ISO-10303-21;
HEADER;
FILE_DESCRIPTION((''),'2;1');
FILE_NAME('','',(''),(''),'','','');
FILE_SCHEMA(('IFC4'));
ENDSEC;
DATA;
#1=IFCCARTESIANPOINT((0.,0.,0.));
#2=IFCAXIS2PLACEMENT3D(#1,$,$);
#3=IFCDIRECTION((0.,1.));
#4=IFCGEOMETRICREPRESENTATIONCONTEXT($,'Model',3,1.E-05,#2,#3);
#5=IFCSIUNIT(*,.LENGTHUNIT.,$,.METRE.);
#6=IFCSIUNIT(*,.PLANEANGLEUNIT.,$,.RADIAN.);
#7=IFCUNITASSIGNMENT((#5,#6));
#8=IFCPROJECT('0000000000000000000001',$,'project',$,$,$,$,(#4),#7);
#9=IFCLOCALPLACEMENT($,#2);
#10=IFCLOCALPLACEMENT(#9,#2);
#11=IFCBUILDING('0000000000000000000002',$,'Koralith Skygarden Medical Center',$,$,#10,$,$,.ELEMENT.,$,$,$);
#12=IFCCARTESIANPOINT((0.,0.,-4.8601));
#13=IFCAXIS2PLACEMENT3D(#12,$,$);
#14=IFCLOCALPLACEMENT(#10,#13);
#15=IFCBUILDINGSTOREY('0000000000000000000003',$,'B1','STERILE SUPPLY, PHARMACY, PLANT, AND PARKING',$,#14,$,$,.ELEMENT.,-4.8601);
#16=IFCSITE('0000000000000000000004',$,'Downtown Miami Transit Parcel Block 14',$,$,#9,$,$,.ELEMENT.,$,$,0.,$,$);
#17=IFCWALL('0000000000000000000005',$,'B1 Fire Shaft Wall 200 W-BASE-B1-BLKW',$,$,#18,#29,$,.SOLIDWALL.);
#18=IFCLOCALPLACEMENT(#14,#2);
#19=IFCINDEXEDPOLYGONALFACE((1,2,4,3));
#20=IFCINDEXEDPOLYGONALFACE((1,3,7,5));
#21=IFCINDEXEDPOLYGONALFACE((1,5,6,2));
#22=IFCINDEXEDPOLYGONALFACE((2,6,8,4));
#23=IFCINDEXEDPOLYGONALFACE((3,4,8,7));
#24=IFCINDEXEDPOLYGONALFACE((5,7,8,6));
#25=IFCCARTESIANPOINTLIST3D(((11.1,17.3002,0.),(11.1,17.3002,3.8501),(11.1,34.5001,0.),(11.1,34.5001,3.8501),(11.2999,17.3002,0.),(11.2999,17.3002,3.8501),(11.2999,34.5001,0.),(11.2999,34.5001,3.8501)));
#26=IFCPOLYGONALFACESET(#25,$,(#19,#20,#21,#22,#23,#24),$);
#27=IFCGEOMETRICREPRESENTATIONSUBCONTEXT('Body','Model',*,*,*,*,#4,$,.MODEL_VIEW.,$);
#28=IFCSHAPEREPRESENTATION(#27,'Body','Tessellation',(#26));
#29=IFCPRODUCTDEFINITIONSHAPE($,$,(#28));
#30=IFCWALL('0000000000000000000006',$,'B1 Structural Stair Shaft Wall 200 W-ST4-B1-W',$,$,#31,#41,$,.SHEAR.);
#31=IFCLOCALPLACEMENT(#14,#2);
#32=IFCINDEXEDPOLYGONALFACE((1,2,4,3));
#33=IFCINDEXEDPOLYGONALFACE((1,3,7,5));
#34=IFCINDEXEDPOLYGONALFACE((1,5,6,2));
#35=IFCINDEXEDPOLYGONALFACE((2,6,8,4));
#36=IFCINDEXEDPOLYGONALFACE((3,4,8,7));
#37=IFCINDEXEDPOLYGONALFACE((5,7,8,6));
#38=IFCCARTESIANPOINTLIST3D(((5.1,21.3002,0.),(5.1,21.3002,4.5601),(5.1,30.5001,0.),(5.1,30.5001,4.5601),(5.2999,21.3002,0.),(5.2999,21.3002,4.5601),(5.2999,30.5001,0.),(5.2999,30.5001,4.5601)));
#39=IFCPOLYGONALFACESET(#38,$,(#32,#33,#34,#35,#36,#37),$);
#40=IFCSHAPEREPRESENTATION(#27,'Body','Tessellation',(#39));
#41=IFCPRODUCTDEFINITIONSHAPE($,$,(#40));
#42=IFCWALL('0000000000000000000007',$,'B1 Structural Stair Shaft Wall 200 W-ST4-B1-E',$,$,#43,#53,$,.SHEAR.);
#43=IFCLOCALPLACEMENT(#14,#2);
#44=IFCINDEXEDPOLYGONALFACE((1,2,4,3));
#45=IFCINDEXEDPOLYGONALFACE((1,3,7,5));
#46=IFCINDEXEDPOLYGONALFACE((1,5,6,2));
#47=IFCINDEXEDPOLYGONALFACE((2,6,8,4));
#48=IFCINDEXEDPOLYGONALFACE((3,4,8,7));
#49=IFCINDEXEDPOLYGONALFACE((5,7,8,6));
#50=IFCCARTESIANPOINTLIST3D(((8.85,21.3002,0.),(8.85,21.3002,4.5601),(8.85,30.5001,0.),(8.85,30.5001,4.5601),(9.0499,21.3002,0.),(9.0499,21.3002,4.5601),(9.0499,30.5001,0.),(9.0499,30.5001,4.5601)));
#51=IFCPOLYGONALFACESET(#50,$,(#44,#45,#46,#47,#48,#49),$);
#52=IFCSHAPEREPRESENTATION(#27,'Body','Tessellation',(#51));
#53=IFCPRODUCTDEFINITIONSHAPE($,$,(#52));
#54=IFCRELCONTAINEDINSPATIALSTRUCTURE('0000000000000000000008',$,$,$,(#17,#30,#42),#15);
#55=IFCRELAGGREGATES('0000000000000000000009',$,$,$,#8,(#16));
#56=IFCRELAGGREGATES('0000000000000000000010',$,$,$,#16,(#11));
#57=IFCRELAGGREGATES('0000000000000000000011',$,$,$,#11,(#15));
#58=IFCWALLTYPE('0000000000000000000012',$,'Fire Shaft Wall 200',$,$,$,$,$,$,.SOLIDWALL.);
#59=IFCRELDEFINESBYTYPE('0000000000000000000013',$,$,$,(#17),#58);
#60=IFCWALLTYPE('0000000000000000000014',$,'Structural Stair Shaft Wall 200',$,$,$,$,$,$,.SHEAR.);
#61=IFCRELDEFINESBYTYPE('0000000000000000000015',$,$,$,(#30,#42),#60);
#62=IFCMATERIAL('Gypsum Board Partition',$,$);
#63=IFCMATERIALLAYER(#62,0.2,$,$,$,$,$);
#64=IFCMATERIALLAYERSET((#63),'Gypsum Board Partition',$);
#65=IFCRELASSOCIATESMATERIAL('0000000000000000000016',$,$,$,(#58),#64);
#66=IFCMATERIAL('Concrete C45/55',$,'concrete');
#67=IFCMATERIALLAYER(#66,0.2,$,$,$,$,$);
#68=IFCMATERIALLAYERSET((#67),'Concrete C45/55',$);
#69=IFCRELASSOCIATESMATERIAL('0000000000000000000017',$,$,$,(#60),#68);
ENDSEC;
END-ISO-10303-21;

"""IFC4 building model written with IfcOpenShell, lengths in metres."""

from ifc_helpers import new_model, si_unit, direction, frame, frame_2d, origin, place, context, subcontext, project, spatial, rectangle, extrude, material, layer, layer_set, type_object, element, save


model = new_model("IFC4")

# Units and contexts
model_context = context("Model", 3, precision=1e-05, world=origin(), true_north=direction((0.0, 1.0)))
body_context = subcontext(model_context, "Body", "Model", "MODEL_VIEW")
ifc_project = project(units=[si_unit("LENGTHUNIT", "METRE"), si_unit("PLANEANGLEUNIT", "RADIAN")], contexts=[model_context])

# Site, building, storey
site_placement = place(None, origin())
site = spatial("IfcSite", under=ifc_project, at=site_placement, Name="Downtown Miami Transit Parcel Block 14", CompositionType="ELEMENT", RefElevation=0.0)
building_placement = place(site_placement, origin())
building = spatial("IfcBuilding", under=site, at=building_placement, Name="Koralith Skygarden Medical Center", CompositionType="ELEMENT")
storey_placement = place(building_placement, frame((0.0, 0.0, -4.8601)))
storey = spatial("IfcBuildingStorey", under=building, at=storey_placement, Name="B1", Description="STERILE SUPPLY, PHARMACY, PLANT, AND PARKING", CompositionType="ELEMENT", Elevation=-4.8601)

# Wall
ifc_material_1 = material(Name="Gypsum Board Partition")
ifc_layer_1 = layer(ifc_material_1, 0.2)
ifc_layer_set_1 = layer_set([ifc_layer_1], Name="Gypsum Board Partition")
wall_type_1 = type_object("IfcWallType", Name="Fire Shaft Wall 200", PredefinedType="SOLIDWALL", material=ifc_layer_set_1)
wall_1_placement = place(storey_placement, frame((11.2, 17.3, 0.0), z_axis=(0.0, 0.0, 1.0), x_axis=(0.0, 1.0, 0.0)))
element("IfcWall", 1, at=wall_1_placement, inside=storey, type_object=wall_type_1, Name="B1 Fire Shaft Wall 200 W-BASE-B1-BLKW", PredefinedType="SOLIDWALL", context=body_context, shape_type="SweptSolid", body=[
    extrude(rectangle(XDim=17.2, YDim=0.2, at=frame_2d((8.6001, 0.0))), origin(), (0.0, 0.0, 1.0), 3.8501),
])

# Shared definitions
ifc_material_2 = material(Name="Concrete C45/55", Category="concrete")
ifc_layer_2 = layer(ifc_material_2, 0.2)
ifc_layer_set_2 = layer_set([ifc_layer_2], Name="Concrete C45/55")
wall_type_2 = type_object("IfcWallType", Name="Structural Stair Shaft Wall 200", PredefinedType="SHEAR", material=ifc_layer_set_2)

# Walls
for number, where, z_axis, x_axis, name in (
    (2, (5.2, 21.3, 0.0), (0.0, 0.0, 1.0), (0.0, 1.0, 0.0), "B1 Structural Stair Shaft Wall 200 W-ST4-B1-W"),
    (3, (8.95, 21.3, 0.0), (0.0, 0.0, 1.0), (0.0, 1.0, 0.0), "B1 Structural Stair Shaft Wall 200 W-ST4-B1-E"),
):
    element("IfcWall", number, at=place(storey_placement, frame(where, z_axis=z_axis, x_axis=x_axis)), inside=storey, type_object=wall_type_2, Name=name, PredefinedType="SHEAR", context=body_context, shape_type="SweptSolid", body=[
        extrude(rectangle(XDim=9.2, YDim=0.2, at=frame_2d((4.6001, 0.0))), origin(), (0.0, 0.0, 1.0), 4.5601),
    ])

save(model, "model.ifc")
